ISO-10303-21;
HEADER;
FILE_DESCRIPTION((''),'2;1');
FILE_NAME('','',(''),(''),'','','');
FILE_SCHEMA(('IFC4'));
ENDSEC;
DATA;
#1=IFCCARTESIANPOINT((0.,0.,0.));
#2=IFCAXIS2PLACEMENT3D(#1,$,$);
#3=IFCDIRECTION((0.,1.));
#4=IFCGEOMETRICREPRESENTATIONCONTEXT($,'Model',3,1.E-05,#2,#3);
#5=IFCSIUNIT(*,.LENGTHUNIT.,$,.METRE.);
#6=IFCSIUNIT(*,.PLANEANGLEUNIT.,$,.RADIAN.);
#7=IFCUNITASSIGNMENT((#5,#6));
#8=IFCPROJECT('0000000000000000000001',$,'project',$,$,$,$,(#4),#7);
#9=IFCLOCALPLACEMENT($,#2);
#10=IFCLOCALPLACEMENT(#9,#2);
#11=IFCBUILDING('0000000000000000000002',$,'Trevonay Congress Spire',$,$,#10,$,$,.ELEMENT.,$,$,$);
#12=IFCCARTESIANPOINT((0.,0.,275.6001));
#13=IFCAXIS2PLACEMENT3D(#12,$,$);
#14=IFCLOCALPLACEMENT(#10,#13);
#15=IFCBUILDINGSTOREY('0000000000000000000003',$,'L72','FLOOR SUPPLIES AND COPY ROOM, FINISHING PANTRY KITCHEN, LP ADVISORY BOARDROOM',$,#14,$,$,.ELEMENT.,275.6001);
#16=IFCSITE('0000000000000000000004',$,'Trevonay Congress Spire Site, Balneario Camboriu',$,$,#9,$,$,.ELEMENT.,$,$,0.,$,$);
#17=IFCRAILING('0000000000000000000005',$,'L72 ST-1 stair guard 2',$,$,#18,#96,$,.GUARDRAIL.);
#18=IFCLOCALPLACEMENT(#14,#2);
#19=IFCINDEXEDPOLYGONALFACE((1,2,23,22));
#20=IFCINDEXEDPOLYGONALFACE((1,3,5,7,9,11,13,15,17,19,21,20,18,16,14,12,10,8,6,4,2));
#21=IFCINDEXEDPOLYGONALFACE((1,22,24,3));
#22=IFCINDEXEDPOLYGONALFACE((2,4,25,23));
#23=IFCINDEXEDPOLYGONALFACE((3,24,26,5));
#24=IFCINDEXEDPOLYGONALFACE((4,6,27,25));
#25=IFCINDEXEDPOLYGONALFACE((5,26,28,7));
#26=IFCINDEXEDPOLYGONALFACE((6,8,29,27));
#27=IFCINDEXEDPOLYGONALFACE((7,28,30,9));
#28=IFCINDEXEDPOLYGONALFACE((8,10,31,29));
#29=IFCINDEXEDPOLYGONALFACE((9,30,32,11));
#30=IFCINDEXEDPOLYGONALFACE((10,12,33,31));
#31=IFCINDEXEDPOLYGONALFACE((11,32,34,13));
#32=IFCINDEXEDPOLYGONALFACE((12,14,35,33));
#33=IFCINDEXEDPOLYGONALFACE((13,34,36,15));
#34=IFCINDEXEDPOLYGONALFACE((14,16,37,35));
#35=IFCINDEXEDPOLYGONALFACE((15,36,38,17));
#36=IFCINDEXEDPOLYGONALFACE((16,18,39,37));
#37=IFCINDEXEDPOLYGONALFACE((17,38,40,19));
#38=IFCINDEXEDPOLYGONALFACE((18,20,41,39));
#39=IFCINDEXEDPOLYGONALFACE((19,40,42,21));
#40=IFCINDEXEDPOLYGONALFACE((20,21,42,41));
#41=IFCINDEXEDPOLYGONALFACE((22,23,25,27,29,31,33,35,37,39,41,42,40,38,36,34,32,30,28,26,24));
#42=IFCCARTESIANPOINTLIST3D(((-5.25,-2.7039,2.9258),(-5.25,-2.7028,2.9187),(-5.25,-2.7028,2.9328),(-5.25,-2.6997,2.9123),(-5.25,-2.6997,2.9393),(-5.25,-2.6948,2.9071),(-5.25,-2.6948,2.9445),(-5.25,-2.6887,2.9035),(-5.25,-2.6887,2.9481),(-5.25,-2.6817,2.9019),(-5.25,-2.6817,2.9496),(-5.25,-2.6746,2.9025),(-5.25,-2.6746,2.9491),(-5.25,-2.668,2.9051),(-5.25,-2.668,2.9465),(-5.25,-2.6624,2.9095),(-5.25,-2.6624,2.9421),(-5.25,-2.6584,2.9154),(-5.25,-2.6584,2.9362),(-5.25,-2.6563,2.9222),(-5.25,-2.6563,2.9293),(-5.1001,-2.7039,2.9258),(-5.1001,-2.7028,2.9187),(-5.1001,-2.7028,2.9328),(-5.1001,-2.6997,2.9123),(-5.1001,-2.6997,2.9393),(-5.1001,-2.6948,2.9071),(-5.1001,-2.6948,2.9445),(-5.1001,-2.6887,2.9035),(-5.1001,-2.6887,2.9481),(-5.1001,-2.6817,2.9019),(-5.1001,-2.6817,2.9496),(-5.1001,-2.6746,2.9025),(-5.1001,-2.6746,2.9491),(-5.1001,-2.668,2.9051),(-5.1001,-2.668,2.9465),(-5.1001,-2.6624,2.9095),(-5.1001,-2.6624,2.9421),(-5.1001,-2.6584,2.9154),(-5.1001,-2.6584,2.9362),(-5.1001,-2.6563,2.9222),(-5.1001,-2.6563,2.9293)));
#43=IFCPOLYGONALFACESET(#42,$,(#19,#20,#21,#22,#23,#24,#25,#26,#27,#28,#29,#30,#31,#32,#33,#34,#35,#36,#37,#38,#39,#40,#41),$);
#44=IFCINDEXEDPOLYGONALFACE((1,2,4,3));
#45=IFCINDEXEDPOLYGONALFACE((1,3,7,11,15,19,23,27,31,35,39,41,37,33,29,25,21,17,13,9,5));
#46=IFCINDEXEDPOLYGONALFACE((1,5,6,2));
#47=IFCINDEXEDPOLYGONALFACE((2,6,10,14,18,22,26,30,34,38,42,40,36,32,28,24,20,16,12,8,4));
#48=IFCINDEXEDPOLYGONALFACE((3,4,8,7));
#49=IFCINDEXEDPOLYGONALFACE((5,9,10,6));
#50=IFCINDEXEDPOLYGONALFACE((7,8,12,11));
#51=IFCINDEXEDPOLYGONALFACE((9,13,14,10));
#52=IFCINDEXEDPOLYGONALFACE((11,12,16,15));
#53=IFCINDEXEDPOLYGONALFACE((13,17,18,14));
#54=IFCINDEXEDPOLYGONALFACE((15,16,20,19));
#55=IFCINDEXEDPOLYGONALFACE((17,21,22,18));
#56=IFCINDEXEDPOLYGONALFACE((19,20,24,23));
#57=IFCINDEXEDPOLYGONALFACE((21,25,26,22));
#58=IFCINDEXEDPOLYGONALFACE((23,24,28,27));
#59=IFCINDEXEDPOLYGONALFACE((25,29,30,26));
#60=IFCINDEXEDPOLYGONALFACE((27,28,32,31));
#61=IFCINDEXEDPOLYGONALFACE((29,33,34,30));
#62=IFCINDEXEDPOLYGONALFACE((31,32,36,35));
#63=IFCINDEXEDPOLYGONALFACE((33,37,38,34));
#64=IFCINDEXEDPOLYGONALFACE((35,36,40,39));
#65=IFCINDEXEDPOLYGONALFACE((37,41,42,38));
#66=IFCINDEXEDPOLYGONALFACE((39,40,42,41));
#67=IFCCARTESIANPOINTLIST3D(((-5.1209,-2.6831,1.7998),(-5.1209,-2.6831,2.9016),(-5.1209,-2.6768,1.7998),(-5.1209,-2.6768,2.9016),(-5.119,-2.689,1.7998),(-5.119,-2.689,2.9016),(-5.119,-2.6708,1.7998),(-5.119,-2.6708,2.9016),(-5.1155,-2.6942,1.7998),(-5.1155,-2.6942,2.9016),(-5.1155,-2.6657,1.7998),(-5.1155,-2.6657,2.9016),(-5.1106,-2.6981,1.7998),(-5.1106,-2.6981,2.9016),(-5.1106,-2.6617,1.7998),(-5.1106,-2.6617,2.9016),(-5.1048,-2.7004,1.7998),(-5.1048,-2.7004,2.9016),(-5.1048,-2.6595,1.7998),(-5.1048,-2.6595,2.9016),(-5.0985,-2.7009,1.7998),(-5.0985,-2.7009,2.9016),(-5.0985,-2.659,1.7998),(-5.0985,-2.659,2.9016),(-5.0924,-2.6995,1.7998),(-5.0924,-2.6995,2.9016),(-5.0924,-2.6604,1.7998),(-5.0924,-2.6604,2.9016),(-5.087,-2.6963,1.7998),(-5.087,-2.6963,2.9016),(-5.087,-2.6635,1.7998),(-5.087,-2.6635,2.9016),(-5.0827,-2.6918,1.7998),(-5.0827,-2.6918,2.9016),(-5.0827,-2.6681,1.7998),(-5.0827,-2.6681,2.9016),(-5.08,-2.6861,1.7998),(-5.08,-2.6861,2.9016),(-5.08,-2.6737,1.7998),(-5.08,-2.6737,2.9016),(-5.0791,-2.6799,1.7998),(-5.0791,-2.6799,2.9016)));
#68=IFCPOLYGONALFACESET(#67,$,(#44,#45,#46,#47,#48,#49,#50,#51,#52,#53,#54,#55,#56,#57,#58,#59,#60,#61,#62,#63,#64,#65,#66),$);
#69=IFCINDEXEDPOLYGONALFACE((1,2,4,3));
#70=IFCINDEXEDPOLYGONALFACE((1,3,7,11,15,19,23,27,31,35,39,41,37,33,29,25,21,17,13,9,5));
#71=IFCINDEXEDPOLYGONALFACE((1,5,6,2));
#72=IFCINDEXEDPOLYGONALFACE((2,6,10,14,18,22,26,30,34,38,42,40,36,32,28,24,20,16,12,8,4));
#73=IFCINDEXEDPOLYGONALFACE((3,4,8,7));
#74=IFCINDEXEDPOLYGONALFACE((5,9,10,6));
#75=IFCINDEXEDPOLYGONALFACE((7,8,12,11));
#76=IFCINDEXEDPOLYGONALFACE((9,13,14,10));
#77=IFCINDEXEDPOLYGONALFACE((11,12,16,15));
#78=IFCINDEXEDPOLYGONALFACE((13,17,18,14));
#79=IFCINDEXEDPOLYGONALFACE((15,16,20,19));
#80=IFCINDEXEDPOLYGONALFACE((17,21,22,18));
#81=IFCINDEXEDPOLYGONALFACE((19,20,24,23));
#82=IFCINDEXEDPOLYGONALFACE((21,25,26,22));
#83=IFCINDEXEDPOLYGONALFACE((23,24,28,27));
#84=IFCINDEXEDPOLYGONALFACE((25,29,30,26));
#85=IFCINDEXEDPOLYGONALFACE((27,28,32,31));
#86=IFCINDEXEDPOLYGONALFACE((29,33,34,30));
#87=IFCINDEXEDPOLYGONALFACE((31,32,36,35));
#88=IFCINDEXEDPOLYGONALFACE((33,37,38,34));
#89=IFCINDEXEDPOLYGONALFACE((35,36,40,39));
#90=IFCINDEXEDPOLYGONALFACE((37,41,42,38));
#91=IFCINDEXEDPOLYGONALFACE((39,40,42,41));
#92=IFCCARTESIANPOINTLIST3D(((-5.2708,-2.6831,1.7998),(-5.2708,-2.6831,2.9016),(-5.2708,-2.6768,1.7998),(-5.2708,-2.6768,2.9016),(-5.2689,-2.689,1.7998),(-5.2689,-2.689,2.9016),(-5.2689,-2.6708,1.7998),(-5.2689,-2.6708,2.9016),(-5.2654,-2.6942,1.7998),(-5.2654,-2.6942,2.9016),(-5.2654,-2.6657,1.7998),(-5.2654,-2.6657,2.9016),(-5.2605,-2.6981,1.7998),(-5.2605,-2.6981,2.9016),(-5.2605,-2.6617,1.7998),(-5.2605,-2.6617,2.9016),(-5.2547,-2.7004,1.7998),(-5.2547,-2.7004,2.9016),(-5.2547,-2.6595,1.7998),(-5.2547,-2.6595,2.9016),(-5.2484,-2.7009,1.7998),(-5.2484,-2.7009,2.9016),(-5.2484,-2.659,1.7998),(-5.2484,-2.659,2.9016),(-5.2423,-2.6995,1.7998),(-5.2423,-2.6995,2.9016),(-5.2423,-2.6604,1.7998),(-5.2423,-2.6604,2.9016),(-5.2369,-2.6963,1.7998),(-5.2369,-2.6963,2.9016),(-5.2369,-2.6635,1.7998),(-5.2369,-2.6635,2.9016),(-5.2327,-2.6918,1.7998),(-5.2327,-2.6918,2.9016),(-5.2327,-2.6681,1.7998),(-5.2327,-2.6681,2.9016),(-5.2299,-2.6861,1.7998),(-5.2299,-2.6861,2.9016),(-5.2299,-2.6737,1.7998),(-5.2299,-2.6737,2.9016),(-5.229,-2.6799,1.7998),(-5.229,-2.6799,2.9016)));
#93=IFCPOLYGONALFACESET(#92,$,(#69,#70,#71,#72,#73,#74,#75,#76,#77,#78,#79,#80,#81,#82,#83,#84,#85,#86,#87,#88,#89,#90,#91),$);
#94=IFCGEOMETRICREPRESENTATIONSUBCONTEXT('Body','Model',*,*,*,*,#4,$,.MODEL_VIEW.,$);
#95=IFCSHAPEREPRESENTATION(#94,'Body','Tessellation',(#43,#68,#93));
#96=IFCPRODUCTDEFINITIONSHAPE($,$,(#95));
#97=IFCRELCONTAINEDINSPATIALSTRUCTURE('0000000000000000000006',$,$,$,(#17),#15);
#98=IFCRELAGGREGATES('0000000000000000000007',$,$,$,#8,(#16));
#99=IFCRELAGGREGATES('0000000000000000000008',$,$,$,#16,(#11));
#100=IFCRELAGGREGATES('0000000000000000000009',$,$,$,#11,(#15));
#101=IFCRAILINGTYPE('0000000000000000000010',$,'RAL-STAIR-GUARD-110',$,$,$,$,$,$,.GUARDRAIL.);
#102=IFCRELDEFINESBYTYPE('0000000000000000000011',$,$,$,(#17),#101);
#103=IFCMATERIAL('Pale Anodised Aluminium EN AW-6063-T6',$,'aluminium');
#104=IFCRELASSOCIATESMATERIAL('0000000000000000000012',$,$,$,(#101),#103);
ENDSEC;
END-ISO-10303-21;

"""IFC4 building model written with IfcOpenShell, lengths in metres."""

from ifc_helpers import new_model, si_unit, direction, frame, origin, origin_2d, place, context, subcontext, project, spatial, circle, extrude, material, type_object, element, save


model = new_model("IFC4")

# Units and contexts
model_context = context("Model", 3, precision=1e-05, world=origin(), true_north=direction((0.0, 1.0)))
body_context = subcontext(model_context, "Body", "Model", "MODEL_VIEW")
ifc_project = project(units=[si_unit("LENGTHUNIT", "METRE"), si_unit("PLANEANGLEUNIT", "RADIAN")], contexts=[model_context])

# Site, building, storey
site_placement = place(None, origin())
site = spatial("IfcSite", under=ifc_project, at=site_placement, Name="Trevonay Congress Spire Site, Balneario Camboriu", CompositionType="ELEMENT", RefElevation=0.0)
building_placement = place(site_placement, origin())
building = spatial("IfcBuilding", under=site, at=building_placement, Name="Trevonay Congress Spire", CompositionType="ELEMENT")
storey_placement = place(building_placement, frame((0.0, 0.0, 275.6001)))
storey = spatial("IfcBuildingStorey", under=building, at=storey_placement, Name="L72", Description="FLOOR SUPPLIES AND COPY ROOM, FINISHING PANTRY KITCHEN, LP ADVISORY BOARDROOM", CompositionType="ELEMENT", Elevation=275.6001)

# Railing
ifc_material_1 = material(Name="Pale Anodised Aluminium EN AW-6063-T6", Category="aluminium")
railing_type_1 = type_object("IfcRailingType", Name="RAL-STAIR-GUARD-110", PredefinedType="GUARDRAIL", material=ifc_material_1)
railing_1_placement = place(storey_placement, frame((-5.1001, -2.6799, 1.7998)))
element("IfcRailing", 1, at=railing_1_placement, inside=storey, type_object=railing_type_1, Name="L72 ST-1 stair guard 2", PredefinedType="GUARDRAIL", context=body_context, shape_type="SweptSolid", body=[
    extrude(circle(Radius=0.0239, at=origin_2d()), frame((0.0, 0.0, 1.126), z_axis=(-1.0, 0.0, 0.0), x_axis=(0.0, -1.0, 0.0)), (0.0, 0.0, 1.0), 0.1499),
    extrude(circle(Radius=0.021, at=origin_2d()), origin(), (0.0, 0.0, 1.0), 1.1018),
    extrude(circle(Radius=0.021, at=origin_2d()), frame((-0.1499, 0.0, 0.0)), (0.0, 0.0, 1.0), 1.1018),
])

save(model, "model.ifc")
